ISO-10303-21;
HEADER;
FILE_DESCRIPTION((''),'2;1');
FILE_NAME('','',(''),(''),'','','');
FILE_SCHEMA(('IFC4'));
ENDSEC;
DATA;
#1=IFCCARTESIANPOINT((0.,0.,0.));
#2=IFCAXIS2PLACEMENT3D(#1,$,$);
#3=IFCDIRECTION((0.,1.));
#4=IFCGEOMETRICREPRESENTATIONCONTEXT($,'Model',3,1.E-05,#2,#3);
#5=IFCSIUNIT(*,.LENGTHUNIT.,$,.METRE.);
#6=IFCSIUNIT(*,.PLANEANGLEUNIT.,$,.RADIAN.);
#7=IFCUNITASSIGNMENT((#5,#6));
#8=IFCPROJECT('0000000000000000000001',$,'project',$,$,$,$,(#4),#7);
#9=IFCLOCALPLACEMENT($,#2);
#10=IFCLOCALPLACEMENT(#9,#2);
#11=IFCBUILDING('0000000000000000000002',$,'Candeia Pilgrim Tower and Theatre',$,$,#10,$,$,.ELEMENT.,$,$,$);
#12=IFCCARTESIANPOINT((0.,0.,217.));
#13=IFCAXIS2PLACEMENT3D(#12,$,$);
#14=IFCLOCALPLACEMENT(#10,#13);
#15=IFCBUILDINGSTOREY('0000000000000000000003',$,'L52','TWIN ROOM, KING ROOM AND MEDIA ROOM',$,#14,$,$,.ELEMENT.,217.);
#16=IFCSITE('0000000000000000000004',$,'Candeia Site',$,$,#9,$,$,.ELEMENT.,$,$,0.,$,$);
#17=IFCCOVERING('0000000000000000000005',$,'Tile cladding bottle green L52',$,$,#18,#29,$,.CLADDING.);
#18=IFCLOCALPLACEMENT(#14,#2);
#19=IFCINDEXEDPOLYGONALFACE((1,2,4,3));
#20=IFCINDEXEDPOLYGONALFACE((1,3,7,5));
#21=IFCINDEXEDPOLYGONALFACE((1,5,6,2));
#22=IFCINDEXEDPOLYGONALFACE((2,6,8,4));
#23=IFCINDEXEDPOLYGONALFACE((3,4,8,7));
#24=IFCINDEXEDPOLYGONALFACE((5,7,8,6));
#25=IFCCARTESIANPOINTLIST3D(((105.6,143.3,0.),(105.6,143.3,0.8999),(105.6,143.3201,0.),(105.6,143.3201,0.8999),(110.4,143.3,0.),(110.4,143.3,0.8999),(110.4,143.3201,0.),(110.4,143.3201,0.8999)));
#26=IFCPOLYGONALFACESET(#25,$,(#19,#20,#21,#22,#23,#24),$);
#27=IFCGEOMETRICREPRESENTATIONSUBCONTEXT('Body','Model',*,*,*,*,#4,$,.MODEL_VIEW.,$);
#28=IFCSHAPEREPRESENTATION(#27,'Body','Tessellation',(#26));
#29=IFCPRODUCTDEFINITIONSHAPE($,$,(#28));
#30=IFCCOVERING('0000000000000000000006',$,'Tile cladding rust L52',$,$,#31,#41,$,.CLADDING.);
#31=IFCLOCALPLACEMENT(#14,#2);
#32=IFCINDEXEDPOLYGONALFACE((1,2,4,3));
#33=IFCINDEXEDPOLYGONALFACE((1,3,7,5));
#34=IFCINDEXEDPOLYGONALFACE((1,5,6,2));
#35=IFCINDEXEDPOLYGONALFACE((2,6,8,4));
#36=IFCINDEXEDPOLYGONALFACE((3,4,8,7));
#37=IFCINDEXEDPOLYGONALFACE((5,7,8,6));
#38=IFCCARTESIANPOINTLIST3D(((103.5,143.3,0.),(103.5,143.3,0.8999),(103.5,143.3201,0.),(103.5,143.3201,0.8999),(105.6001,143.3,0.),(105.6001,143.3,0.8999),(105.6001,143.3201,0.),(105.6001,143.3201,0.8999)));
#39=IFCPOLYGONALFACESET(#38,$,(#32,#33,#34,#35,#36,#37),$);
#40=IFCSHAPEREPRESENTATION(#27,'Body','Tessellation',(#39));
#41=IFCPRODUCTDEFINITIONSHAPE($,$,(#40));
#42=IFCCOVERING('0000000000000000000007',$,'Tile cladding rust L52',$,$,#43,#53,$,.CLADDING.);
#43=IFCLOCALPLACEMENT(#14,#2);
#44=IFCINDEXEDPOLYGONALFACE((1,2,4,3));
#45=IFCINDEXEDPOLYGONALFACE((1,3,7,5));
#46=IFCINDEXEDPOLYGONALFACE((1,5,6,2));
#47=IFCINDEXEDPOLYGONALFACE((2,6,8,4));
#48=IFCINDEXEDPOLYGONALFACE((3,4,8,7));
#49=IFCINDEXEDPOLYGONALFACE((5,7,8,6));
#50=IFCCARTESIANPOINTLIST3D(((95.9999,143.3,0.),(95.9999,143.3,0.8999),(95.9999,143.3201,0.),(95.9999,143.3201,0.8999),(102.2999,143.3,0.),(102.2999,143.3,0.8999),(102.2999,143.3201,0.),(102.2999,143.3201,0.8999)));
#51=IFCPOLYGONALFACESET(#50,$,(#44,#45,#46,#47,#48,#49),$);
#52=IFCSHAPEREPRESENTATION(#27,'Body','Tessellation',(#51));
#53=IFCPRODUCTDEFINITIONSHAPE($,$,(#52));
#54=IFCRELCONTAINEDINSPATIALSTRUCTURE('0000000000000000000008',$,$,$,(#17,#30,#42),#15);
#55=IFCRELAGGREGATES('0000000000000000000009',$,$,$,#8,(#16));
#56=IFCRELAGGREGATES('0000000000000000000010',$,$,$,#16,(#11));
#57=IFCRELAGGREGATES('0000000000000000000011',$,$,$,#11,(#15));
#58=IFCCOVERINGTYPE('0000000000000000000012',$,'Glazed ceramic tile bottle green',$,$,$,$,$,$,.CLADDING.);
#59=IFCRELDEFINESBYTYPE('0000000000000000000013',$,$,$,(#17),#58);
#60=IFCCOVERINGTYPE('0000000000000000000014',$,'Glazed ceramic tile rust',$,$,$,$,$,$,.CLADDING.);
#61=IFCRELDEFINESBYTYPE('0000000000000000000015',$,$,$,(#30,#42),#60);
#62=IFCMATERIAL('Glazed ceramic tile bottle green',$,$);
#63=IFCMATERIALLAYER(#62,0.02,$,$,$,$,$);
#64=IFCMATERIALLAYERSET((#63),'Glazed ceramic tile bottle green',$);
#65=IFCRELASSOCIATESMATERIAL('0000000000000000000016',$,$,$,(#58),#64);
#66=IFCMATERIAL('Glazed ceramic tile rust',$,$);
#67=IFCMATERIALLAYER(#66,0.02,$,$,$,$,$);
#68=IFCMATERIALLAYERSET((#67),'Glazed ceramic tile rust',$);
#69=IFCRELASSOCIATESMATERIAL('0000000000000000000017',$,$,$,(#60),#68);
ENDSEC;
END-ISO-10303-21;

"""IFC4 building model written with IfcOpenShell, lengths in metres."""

from ifc_helpers import new_model, si_unit, direction, frame, origin, origin_2d, place, context, subcontext, project, spatial, rectangle, extrude, material, layer, layer_set, type_object, element, save


model = new_model("IFC4")

# Units and contexts
model_context = context("Model", 3, precision=1e-05, world=origin(), true_north=direction((0.0, 1.0)))
body_context = subcontext(model_context, "Body", "Model", "MODEL_VIEW")
ifc_project = project(units=[si_unit("LENGTHUNIT", "METRE"), si_unit("PLANEANGLEUNIT", "RADIAN")], contexts=[model_context])

# Site, building, storey
site_placement = place(None, origin())
site = spatial("IfcSite", under=ifc_project, at=site_placement, Name="Candeia Site", CompositionType="ELEMENT", RefElevation=0.0)
building_placement = place(site_placement, origin())
building = spatial("IfcBuilding", under=site, at=building_placement, Name="Candeia Pilgrim Tower and Theatre", CompositionType="ELEMENT")
storey_placement = place(building_placement, frame((0.0, 0.0, 217.0)))
storey = spatial("IfcBuildingStorey", under=building, at=storey_placement, Name="L52", Description="TWIN ROOM, KING ROOM AND MEDIA ROOM", CompositionType="ELEMENT", Elevation=217.0)

# Coverings
ifc_material_1 = material(Name="Glazed ceramic tile bottle green")
ifc_layer_1 = layer(ifc_material_1, 0.02)
ifc_layer_set_1 = layer_set([ifc_layer_1], Name="Glazed ceramic tile bottle green")
covering_type_1 = type_object("IfcCoveringType", Name="Glazed ceramic tile bottle green", PredefinedType="CLADDING", material=ifc_layer_set_1)
covering_1_placement = place(storey_placement, frame((108.0, 143.3101, 0.0), z_axis=(0.0, 0.0, 1.0), x_axis=(-1.0, 0.0, 0.0)))
element("IfcCovering", 1, at=covering_1_placement, inside=storey, type_object=covering_type_1, Name="Tile cladding bottle green L52", PredefinedType="CLADDING", context=body_context, shape_type="SweptSolid", body=[
    extrude(rectangle(XDim=4.8, YDim=0.02, at=origin_2d()), origin(), (0.0, 0.0, 1.0), 0.8999),
])
ifc_material_2 = material(Name="Glazed ceramic tile rust")
ifc_layer_2 = layer(ifc_material_2, 0.02)
ifc_layer_set_2 = layer_set([ifc_layer_2], Name="Glazed ceramic tile rust")
covering_type_2 = type_object("IfcCoveringType", Name="Glazed ceramic tile rust", PredefinedType="CLADDING", material=ifc_layer_set_2)
covering_2_placement = place(storey_placement, frame((104.55, 143.3101, 0.0), z_axis=(0.0, 0.0, 1.0), x_axis=(-1.0, 0.0, 0.0)))
element("IfcCovering", 2, at=covering_2_placement, inside=storey, type_object=covering_type_2, Name="Tile cladding rust L52", PredefinedType="CLADDING", context=body_context, shape_type="SweptSolid", body=[
    extrude(rectangle(XDim=2.1001, YDim=0.02, at=origin_2d()), origin(), (0.0, 0.0, 1.0), 0.8999),
])
covering_3_placement = place(storey_placement, frame((99.1499, 143.3101, 0.0), z_axis=(0.0, 0.0, 1.0), x_axis=(-1.0, 0.0, 0.0)))
element("IfcCovering", 3, at=covering_3_placement, inside=storey, type_object=covering_type_2, Name="Tile cladding rust L52", PredefinedType="CLADDING", context=body_context, shape_type="SweptSolid", body=[
    extrude(rectangle(XDim=6.3, YDim=0.02, at=origin_2d()), origin(), (0.0, 0.0, 1.0), 0.8999),
])

save(model, "model.ifc")
